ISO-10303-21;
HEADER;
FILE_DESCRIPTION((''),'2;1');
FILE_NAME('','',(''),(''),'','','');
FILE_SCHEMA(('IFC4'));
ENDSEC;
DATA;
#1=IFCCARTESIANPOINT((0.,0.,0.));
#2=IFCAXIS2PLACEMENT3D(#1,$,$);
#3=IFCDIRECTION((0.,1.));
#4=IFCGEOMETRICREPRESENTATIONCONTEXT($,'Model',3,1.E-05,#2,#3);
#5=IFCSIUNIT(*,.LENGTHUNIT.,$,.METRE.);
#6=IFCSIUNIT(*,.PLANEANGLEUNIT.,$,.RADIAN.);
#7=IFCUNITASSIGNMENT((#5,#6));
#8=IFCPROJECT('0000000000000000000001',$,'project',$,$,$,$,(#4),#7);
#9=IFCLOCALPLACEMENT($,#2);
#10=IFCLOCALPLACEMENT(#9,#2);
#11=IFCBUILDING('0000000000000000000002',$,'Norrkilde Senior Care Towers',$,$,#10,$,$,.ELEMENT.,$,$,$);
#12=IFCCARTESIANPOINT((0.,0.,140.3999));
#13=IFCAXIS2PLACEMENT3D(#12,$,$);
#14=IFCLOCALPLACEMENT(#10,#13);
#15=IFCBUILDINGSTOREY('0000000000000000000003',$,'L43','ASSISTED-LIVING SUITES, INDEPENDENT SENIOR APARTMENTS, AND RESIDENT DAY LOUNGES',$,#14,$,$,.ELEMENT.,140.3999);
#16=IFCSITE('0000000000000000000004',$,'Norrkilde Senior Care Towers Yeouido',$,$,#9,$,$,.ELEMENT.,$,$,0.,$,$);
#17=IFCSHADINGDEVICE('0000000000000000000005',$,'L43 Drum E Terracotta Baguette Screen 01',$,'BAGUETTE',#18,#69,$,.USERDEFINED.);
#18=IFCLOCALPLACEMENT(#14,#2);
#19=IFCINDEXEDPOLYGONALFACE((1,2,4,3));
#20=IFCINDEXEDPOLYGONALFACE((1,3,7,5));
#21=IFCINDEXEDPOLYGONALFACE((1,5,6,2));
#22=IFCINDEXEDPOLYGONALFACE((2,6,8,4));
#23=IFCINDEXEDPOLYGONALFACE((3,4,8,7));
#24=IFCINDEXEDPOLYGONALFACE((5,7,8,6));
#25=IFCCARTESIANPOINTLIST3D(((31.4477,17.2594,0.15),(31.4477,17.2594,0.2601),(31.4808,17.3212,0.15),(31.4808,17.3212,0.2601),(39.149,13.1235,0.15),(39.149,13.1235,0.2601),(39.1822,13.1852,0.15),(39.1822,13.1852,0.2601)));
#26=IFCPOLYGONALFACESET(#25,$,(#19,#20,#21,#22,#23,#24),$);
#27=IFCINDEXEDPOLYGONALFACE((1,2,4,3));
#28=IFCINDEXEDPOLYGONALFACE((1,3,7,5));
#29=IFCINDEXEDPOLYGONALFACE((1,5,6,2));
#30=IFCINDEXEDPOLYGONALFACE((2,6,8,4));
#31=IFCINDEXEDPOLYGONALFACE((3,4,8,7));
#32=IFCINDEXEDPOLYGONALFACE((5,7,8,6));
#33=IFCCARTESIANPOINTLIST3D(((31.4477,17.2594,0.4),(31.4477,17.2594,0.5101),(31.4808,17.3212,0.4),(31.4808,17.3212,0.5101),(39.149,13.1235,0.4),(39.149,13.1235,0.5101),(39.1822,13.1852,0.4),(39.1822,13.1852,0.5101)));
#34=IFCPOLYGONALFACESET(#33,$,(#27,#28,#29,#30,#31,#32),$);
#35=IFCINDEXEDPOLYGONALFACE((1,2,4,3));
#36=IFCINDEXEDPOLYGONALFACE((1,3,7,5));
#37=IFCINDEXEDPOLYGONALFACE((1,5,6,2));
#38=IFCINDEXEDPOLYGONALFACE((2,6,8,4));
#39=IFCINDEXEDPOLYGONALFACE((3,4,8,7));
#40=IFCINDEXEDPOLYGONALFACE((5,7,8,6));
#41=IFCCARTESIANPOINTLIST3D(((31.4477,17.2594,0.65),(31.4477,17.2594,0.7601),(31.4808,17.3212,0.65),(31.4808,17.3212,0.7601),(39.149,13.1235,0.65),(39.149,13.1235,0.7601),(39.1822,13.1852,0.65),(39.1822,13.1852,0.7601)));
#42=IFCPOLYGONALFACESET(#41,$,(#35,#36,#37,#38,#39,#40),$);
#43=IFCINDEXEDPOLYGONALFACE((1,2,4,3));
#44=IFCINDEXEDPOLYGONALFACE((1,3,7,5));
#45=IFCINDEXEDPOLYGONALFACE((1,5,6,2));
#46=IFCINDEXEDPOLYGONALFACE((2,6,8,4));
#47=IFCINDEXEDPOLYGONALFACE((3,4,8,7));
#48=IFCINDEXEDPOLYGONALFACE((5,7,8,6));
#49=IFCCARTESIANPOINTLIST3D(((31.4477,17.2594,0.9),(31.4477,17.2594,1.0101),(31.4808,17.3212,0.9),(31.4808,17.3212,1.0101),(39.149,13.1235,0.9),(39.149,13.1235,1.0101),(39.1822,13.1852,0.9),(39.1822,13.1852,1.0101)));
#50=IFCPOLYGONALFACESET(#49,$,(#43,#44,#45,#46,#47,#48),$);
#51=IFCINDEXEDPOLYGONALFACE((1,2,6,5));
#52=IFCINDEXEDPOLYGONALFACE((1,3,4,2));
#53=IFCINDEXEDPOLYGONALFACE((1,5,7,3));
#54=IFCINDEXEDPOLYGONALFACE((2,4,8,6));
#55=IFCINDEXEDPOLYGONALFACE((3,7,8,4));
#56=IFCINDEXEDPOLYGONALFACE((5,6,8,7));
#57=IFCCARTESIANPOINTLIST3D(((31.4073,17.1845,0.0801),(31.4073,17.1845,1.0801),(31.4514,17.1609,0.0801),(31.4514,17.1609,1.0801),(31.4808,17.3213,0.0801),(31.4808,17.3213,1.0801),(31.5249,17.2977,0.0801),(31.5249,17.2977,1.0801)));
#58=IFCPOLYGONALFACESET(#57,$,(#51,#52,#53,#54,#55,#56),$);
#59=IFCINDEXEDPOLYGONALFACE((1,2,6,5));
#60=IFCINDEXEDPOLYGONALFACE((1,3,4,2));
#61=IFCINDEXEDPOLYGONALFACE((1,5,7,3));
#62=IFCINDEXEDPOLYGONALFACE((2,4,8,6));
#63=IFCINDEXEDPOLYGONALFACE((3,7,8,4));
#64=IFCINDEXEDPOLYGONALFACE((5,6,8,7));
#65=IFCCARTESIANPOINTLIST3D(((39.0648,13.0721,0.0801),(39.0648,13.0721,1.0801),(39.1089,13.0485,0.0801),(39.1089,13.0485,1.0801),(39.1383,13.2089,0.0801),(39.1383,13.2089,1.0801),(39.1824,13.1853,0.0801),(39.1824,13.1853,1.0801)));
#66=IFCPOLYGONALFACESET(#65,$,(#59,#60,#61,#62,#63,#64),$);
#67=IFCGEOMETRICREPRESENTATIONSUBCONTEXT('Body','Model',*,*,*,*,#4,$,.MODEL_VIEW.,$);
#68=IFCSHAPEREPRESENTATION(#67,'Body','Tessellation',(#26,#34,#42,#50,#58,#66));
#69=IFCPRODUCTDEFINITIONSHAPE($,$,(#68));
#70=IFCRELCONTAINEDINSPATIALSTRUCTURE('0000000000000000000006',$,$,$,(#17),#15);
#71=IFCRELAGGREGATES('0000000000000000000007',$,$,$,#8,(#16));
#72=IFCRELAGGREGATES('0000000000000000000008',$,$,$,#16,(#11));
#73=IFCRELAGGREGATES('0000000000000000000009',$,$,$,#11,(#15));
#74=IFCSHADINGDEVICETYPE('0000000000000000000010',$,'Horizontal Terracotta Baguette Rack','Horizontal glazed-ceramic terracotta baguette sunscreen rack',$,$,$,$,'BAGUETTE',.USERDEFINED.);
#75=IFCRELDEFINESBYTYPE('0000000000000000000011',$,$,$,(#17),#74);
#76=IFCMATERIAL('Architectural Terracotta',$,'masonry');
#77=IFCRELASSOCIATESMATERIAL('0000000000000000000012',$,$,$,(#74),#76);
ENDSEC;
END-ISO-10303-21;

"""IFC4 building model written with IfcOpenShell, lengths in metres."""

from ifc_helpers import new_model, si_unit, direction, frame, origin, origin_2d, place, context, subcontext, project, spatial, rectangle, extrude, source, transform, mapped, material, type_object, type_shapes, element, save


model = new_model("IFC4")

# Units and contexts
model_context = context("Model", 3, precision=1e-05, world=origin(), true_north=direction((0.0, 1.0)))
body_context = subcontext(model_context, "Body", "Model", "MODEL_VIEW")
ifc_project = project(units=[si_unit("LENGTHUNIT", "METRE"), si_unit("PLANEANGLEUNIT", "RADIAN")], contexts=[model_context])

# Site, building, storey
site_placement = place(None, origin())
site = spatial("IfcSite", under=ifc_project, at=site_placement, Name="Norrkilde Senior Care Towers Yeouido", CompositionType="ELEMENT", RefElevation=0.0)
building_placement = place(site_placement, origin())
building = spatial("IfcBuilding", under=site, at=building_placement, Name="Norrkilde Senior Care Towers", CompositionType="ELEMENT")
storey_placement = place(building_placement, frame((0.0, 0.0, 140.3999)))
storey = spatial("IfcBuildingStorey", under=building, at=storey_placement, Name="L43", Description="ASSISTED-LIVING SUITES, INDEPENDENT SENIOR APARTMENTS, AND RESIDENT DAY LOUNGES", CompositionType="ELEMENT", Elevation=140.3999)

# Shading device
ifc_material_1 = material(Name="Architectural Terracotta", Category="masonry")
shading_device_type = type_object("IfcShadingDeviceType", Name="Horizontal Terracotta Baguette Rack", Description="Horizontal glazed-ceramic terracotta baguette sunscreen rack", ElementType="BAGUETTE", PredefinedType="USERDEFINED", material=ifc_material_1)
shared_shape_1 = source(origin(), body_context, "Body", "SweptSolid", [
    extrude(rectangle(XDim=0.0701, YDim=0.1101, at=origin_2d()), frame((0.0, 0.0901, 0.125), z_axis=(1.0, 0.0, 0.0), x_axis=(0.0, 1.0, 0.0)), (0.0, 0.0, 1.0), 8.7417),
    extrude(rectangle(XDim=0.0701, YDim=0.1101, at=origin_2d()), frame((0.0, 0.0901, 0.375), z_axis=(1.0, 0.0, 0.0), x_axis=(0.0, 1.0, 0.0)), (0.0, 0.0, 1.0), 8.7417),
    extrude(rectangle(XDim=0.0701, YDim=0.1101, at=origin_2d()), frame((0.0, 0.0901, 0.625), z_axis=(1.0, 0.0, 0.0), x_axis=(0.0, 1.0, 0.0)), (0.0, 0.0, 1.0), 8.7417),
    extrude(rectangle(XDim=0.0701, YDim=0.1101, at=origin_2d()), frame((0.0, 0.0901, 0.875), z_axis=(1.0, 0.0, 0.0), x_axis=(0.0, 1.0, 0.0)), (0.0, 0.0, 1.0), 8.7417),
    extrude(rectangle(XDim=0.05, YDim=0.1553, at=origin_2d()), frame((0.0249, 0.0476, 0.0)), (0.0, 0.0, 1.0), 1.0),
    extrude(rectangle(XDim=0.05, YDim=0.1553, at=origin_2d()), frame((8.7168, 0.0476, 0.0)), (0.0, 0.0, 1.0), 1.0),
])
type_shapes(shading_device_type, [shared_shape_1])
shading_device_placement = place(storey_placement, frame((31.4216, 17.2109, 0.0801), z_axis=(0.0, 0.0, 1.0), x_axis=(0.880998, -0.473133, 0.0)))
element("IfcShadingDevice", 1, at=shading_device_placement, inside=storey, type_object=shading_device_type, Name="L43 Drum E Terracotta Baguette Screen 01", ObjectType="BAGUETTE", PredefinedType="USERDEFINED", context=body_context, shape_type="MappedRepresentation", body=[
    mapped(shared_shape_1, transform((0.0, 0.0, 0.0), x_axis=(1.0, 0.0, 0.0), y_axis=(0.0, 1.0, 0.0), z_axis=(0.0, 0.0, 1.0), scale=1.0)),
])

save(model, "model.ifc")
